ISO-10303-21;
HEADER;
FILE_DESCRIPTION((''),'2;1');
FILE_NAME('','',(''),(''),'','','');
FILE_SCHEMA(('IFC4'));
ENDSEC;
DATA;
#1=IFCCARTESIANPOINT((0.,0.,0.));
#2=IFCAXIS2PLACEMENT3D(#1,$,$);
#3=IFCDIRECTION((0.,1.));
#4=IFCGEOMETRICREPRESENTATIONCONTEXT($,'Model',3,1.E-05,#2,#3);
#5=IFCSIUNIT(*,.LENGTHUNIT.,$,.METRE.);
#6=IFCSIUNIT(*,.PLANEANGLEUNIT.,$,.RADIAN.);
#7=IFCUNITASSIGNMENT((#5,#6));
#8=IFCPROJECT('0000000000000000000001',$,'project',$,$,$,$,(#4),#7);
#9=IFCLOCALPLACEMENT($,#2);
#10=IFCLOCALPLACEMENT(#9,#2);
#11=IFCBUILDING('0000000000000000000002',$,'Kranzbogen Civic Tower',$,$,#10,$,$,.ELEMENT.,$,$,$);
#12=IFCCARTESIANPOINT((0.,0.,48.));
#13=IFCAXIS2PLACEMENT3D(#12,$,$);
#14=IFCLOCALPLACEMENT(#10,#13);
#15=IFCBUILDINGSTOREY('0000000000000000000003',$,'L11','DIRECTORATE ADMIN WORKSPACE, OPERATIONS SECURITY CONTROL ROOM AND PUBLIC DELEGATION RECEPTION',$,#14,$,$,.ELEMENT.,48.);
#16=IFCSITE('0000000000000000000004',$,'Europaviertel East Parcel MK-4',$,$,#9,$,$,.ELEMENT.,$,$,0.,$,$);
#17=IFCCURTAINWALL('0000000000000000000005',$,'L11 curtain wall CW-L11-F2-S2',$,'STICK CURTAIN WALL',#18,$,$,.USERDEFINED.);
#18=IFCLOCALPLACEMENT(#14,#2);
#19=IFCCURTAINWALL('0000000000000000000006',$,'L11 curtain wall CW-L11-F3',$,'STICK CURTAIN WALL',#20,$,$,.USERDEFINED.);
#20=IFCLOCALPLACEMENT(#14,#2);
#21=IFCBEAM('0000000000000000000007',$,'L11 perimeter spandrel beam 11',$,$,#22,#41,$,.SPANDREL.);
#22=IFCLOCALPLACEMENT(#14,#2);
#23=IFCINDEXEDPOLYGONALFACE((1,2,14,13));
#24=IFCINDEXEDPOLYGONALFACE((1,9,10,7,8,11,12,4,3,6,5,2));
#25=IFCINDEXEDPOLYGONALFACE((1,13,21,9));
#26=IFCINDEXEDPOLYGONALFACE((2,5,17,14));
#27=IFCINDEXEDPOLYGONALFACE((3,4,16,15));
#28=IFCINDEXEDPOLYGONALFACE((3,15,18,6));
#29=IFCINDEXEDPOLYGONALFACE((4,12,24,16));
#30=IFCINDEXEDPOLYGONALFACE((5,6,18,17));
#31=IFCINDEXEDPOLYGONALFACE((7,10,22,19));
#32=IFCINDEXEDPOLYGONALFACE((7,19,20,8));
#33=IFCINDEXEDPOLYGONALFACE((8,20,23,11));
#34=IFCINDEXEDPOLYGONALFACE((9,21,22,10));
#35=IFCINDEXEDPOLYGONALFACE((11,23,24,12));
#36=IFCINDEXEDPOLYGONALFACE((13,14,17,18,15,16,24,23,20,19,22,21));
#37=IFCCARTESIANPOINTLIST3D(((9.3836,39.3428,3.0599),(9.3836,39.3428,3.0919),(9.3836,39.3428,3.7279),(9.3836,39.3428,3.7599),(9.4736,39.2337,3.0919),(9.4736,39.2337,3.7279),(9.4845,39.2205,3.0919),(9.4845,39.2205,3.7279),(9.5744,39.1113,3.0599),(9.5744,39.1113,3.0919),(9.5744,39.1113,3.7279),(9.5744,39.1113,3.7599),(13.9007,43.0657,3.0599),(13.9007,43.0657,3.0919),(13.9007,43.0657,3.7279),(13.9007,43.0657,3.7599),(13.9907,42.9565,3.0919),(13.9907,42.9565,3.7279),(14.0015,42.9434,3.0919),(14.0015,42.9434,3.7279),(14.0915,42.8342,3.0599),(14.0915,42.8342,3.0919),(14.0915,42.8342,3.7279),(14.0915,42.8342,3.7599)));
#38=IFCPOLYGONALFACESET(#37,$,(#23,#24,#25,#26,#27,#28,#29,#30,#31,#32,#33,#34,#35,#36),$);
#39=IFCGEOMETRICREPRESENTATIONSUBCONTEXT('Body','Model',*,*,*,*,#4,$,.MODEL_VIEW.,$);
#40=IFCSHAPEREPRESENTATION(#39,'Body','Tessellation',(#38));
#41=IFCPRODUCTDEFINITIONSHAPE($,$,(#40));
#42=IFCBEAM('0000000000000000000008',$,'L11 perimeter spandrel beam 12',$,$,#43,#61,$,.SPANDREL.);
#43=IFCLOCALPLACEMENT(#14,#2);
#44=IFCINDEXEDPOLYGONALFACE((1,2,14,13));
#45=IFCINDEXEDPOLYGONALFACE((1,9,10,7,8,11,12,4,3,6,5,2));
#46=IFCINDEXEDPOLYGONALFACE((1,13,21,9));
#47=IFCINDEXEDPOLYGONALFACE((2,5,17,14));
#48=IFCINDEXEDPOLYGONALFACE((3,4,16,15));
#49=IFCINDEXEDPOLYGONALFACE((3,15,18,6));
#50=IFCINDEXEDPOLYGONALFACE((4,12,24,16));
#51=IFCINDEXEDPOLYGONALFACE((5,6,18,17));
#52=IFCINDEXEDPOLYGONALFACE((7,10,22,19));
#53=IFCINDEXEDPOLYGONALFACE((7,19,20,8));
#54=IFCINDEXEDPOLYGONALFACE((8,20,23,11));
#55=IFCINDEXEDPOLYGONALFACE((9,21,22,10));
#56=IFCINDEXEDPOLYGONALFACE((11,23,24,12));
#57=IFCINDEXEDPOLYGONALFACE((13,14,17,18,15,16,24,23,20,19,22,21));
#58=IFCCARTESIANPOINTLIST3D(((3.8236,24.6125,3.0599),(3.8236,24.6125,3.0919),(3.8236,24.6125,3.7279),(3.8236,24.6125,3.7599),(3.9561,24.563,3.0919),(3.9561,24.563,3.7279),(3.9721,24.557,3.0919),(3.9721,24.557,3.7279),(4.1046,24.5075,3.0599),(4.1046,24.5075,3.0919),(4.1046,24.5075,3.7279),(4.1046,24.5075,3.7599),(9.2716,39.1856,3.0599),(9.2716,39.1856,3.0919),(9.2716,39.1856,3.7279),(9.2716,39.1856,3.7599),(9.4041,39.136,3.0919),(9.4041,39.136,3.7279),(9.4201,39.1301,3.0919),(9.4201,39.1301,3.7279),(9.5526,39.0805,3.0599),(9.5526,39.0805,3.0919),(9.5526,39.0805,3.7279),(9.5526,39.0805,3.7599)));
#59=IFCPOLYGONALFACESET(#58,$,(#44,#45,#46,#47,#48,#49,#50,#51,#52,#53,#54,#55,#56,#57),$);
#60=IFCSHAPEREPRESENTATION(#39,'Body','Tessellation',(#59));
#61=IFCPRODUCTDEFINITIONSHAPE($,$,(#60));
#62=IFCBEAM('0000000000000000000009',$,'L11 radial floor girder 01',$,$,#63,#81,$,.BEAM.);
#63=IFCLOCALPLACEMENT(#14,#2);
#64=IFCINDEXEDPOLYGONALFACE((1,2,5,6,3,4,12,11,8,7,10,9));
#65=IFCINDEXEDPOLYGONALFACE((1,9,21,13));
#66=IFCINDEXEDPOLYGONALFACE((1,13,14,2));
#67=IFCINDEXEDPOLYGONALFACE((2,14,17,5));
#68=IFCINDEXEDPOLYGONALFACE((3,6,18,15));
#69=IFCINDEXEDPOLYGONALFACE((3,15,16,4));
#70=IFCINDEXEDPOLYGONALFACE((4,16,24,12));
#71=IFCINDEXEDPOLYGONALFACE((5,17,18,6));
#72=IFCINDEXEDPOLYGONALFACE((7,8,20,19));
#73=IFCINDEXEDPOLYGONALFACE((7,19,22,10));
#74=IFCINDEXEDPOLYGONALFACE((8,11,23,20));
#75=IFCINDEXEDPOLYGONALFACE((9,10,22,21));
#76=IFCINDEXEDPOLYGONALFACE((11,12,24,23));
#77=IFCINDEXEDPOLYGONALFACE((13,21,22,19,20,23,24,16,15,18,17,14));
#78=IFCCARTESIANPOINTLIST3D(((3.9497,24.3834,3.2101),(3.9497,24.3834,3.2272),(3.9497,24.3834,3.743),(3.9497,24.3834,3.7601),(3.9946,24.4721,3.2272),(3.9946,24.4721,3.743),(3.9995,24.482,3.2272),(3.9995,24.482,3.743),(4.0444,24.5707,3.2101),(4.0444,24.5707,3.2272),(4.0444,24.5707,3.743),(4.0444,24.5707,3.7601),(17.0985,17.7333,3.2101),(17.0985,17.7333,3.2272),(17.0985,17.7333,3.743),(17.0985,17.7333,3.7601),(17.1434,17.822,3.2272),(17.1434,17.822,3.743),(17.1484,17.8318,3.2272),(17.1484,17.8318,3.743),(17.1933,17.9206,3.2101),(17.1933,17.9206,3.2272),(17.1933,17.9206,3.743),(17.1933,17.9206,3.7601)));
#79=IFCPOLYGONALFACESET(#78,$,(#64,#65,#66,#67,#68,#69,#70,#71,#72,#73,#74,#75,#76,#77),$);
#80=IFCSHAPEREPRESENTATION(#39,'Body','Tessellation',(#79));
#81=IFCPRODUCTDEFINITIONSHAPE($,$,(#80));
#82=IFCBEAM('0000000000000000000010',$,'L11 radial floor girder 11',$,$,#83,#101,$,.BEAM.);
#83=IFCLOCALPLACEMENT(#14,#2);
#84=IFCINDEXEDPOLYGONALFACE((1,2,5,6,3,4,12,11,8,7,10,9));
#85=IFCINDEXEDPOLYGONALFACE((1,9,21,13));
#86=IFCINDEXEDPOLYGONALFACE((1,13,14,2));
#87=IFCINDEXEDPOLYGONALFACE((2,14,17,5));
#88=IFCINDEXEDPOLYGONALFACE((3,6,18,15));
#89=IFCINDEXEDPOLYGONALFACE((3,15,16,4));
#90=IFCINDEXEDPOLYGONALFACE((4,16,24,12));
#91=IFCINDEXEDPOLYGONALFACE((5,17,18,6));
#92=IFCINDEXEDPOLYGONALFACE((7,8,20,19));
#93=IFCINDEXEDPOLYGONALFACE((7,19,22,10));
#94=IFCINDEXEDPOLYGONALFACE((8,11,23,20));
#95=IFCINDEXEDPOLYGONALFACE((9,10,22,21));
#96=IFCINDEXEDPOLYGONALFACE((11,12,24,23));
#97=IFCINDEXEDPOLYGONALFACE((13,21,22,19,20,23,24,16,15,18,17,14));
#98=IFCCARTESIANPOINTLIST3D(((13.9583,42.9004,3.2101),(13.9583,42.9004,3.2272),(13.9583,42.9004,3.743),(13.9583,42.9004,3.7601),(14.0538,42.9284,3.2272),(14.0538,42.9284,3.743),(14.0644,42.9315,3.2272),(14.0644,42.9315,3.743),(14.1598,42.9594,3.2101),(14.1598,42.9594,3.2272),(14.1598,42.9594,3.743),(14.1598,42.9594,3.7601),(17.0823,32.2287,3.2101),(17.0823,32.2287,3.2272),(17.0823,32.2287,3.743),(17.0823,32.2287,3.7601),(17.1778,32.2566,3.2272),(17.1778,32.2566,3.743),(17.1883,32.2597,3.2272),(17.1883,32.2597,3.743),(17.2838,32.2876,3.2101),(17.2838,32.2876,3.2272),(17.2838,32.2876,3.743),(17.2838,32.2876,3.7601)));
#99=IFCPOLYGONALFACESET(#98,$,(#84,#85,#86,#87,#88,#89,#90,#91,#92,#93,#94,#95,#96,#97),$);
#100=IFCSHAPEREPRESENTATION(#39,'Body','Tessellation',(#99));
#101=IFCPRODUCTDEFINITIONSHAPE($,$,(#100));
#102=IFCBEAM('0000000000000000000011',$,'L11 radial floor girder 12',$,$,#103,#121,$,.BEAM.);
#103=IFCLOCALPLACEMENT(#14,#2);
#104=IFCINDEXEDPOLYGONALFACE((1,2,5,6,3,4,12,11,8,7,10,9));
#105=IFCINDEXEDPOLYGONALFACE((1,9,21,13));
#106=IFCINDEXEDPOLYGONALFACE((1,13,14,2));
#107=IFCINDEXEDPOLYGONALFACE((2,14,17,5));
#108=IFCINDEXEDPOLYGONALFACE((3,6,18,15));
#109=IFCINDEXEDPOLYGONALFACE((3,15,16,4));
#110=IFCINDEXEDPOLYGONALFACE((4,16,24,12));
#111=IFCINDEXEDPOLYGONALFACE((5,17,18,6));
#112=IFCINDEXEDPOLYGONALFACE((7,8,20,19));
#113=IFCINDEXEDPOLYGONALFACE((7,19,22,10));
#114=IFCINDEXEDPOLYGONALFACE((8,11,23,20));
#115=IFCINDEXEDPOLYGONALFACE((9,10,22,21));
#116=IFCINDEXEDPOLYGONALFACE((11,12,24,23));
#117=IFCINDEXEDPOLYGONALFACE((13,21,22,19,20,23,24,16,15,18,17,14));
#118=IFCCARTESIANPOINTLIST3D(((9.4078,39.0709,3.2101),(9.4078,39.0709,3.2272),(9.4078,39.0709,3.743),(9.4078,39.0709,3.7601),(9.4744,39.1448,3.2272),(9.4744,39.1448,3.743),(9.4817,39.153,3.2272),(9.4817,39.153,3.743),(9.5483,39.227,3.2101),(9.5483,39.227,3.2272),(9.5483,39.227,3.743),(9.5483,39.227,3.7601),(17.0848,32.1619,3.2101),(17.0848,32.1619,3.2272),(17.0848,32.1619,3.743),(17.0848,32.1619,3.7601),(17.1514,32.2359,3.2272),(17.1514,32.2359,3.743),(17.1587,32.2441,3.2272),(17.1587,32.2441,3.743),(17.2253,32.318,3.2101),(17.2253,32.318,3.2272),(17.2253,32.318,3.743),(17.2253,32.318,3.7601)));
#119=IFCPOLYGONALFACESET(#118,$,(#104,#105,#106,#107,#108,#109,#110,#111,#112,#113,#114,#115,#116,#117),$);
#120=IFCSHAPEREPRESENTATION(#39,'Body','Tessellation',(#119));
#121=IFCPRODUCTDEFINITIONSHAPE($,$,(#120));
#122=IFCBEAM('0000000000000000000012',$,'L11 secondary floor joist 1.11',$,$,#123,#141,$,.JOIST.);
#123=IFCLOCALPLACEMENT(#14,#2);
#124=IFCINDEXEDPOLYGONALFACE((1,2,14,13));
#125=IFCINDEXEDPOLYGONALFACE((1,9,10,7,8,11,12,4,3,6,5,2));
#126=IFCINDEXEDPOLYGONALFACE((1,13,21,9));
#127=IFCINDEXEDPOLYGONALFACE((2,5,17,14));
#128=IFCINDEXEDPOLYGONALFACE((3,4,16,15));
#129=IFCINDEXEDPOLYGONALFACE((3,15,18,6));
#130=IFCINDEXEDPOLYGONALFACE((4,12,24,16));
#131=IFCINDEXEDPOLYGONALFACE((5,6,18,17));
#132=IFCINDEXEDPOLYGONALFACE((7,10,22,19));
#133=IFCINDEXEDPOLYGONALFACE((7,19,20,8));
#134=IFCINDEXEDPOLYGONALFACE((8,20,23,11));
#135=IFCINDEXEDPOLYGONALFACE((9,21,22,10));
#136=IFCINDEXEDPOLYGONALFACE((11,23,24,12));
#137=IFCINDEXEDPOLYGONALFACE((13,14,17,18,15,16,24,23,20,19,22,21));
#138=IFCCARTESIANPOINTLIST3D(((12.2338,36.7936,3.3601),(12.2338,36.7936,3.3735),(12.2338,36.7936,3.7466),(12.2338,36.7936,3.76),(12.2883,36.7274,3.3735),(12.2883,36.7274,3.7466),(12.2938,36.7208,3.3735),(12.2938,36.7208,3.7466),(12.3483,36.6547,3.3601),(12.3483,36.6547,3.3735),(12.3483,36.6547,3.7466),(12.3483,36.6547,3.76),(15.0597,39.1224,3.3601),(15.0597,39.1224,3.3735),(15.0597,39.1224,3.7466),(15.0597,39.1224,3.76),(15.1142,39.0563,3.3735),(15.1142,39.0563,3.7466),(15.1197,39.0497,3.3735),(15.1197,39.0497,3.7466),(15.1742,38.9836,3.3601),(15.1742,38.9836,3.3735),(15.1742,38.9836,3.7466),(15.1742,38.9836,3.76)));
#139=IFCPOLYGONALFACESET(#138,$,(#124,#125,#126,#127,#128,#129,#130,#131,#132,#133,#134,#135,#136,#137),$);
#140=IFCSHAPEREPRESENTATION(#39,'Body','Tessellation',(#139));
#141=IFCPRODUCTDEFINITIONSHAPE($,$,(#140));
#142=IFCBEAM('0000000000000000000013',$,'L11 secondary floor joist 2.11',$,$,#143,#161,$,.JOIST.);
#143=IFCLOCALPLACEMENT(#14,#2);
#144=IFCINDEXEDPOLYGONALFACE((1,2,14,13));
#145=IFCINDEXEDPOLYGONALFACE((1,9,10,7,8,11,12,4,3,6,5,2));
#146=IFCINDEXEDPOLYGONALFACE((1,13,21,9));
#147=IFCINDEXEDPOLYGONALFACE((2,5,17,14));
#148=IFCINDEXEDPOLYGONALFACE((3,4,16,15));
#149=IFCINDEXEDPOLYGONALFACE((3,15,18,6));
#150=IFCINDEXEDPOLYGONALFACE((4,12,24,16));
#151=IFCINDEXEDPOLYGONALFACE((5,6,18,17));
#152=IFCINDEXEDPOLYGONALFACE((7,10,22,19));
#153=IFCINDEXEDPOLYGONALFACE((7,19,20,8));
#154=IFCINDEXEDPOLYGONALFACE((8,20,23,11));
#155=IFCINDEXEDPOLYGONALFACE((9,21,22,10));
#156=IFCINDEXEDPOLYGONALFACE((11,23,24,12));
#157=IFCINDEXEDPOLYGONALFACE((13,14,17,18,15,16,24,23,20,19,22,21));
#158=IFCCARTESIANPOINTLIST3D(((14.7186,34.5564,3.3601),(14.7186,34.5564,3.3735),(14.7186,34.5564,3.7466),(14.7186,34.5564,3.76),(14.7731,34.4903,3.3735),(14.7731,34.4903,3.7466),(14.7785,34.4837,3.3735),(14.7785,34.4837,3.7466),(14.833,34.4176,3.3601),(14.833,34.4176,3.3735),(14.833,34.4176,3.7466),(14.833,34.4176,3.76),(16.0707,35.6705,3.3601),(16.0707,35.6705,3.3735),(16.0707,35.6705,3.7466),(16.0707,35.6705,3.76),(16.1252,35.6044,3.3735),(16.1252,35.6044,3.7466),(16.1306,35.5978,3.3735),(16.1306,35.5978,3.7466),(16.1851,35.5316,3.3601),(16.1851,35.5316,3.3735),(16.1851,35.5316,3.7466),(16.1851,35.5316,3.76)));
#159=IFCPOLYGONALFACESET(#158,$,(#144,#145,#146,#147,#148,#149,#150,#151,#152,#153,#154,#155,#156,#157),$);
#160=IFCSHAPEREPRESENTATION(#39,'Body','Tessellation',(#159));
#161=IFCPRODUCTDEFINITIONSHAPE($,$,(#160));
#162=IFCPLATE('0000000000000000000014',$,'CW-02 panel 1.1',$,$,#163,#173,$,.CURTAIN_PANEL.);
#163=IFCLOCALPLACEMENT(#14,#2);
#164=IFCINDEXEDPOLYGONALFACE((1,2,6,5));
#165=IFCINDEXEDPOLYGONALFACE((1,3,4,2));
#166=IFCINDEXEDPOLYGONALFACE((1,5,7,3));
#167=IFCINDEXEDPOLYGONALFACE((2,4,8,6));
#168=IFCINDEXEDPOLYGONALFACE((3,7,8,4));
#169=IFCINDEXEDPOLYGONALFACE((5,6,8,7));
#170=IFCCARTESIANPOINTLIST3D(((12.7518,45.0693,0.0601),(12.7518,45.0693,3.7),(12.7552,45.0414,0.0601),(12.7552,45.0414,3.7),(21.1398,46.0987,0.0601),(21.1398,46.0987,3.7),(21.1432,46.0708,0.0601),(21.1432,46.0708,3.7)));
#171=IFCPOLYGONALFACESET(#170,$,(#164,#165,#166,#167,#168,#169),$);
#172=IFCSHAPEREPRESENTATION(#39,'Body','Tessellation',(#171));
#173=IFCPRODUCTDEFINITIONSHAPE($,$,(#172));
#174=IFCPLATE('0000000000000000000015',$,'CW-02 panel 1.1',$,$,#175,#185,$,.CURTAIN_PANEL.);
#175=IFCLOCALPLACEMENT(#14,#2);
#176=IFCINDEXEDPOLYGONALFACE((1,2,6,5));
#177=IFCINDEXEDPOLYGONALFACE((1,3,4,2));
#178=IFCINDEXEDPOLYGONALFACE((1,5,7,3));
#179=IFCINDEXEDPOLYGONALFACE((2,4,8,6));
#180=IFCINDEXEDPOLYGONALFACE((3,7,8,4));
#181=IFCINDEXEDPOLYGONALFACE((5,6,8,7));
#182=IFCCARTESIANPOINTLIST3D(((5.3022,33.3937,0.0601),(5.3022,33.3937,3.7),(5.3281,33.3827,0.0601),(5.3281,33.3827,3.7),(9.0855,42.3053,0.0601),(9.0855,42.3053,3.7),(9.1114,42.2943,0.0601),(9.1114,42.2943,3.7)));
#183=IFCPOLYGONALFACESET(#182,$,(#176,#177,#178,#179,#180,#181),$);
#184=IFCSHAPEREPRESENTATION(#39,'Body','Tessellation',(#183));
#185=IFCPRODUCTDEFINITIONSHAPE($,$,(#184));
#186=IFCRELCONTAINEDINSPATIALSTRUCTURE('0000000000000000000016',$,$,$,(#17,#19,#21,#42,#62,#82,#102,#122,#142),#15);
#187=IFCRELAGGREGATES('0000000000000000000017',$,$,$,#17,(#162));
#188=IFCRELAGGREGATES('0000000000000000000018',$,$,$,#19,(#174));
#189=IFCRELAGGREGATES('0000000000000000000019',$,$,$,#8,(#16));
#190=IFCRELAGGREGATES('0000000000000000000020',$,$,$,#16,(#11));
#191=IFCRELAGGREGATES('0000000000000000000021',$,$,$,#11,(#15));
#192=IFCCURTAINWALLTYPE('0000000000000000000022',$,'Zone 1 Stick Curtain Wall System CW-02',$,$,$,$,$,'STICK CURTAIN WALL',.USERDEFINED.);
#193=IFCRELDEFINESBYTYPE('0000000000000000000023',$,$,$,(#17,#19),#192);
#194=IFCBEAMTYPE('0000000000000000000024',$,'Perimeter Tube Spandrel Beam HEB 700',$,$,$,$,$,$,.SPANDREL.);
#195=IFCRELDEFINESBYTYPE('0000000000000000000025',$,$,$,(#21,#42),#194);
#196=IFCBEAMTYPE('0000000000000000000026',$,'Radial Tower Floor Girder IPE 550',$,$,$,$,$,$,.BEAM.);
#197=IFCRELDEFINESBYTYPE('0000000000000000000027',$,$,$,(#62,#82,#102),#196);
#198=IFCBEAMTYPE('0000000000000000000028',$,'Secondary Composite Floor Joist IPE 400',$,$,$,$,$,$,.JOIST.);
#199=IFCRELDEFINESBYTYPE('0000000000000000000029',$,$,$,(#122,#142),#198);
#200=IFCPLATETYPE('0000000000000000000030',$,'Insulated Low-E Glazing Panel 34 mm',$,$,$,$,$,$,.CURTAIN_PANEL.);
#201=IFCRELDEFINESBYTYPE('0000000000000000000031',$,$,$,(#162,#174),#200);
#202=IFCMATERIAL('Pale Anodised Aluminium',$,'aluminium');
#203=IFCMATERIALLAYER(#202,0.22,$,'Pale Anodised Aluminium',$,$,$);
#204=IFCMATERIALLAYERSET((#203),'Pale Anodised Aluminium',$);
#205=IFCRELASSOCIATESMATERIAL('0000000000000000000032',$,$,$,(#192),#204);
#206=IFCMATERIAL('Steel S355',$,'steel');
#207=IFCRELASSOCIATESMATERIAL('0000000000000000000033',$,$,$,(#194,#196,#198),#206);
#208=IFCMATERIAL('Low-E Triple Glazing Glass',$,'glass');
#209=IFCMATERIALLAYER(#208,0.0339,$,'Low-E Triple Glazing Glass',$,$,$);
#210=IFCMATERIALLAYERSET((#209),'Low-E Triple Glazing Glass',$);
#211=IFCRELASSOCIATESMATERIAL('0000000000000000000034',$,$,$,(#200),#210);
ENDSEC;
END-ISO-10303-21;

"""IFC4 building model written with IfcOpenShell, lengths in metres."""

from ifc_helpers import new_model, si_unit, direction, frame, origin, origin_2d, place, context, subcontext, project, spatial, rectangle, i_section, extrude, material, layer, layer_set, material_profile, profile_set, type_object, element, aggregate, save


model = new_model("IFC4")

# Units and contexts
model_context = context("Model", 3, precision=1e-05, world=origin(), true_north=direction((0.0, 1.0)))
body_context = subcontext(model_context, "Body", "Model", "MODEL_VIEW")
ifc_project = project(units=[si_unit("LENGTHUNIT", "METRE"), si_unit("PLANEANGLEUNIT", "RADIAN")], contexts=[model_context])

# Site, building, storey
site_placement = place(None, origin())
site = spatial("IfcSite", under=ifc_project, at=site_placement, Name="Europaviertel East Parcel MK-4", CompositionType="ELEMENT", RefElevation=0.0)
building_placement = place(site_placement, origin())
building = spatial("IfcBuilding", under=site, at=building_placement, Name="Kranzbogen Civic Tower", CompositionType="ELEMENT")
storey_placement = place(building_placement, frame((0.0, 0.0, 48.0)))
storey = spatial("IfcBuildingStorey", under=building, at=storey_placement, Name="L11", Description="DIRECTORATE ADMIN WORKSPACE, OPERATIONS SECURITY CONTROL ROOM AND PUBLIC DELEGATION RECEPTION", CompositionType="ELEMENT", Elevation=48.0)

# Curtain wall
ifc_material_1 = material(Name="Pale Anodised Aluminium", Category="aluminium")
ifc_layer_1 = layer(ifc_material_1, 0.22, Name="Pale Anodised Aluminium")
ifc_layer_set_1 = layer_set([ifc_layer_1], Name="Pale Anodised Aluminium")
curtain_wall_type = type_object("IfcCurtainWallType", Name="Zone 1 Stick Curtain Wall System CW-02", ElementType="STICK CURTAIN WALL", PredefinedType="USERDEFINED", material=ifc_layer_set_1)
curtain_wall_1_placement = place(storey_placement, origin())
curtain_wall_1 = element("IfcCurtainWall", 1, at=curtain_wall_1_placement, inside=storey, type_object=curtain_wall_type, Name="L11 curtain wall CW-L11-F2-S2", ObjectType="STICK CURTAIN WALL", PredefinedType="USERDEFINED")

# Curtain wall
curtain_wall_2_placement = place(storey_placement, origin())
curtain_wall_2 = element("IfcCurtainWall", 2, at=curtain_wall_2_placement, inside=storey, type_object=curtain_wall_type, Name="L11 curtain wall CW-L11-F3", ObjectType="STICK CURTAIN WALL", PredefinedType="USERDEFINED")

# Beams
ifc_material_2 = material(Name="Steel S355", Category="steel")
ifc_material_profile_1 = material_profile(ifc_material_2, i_section(OverallWidth=0.3, OverallDepth=0.7, WebThickness=0.0171, FlangeThickness=0.032, at=origin_2d()), Name="HEB 700")
ifc_profile_set_1 = profile_set([ifc_material_profile_1], Name="Steel S355")
beam_type_1 = type_object("IfcBeamType", Name="Perimeter Tube Spandrel Beam HEB 700", PredefinedType="SPANDREL", material=ifc_profile_set_1)
beam_1_placement = place(storey_placement, frame((13.9961, 42.95, 3.4099), z_axis=(-0.771683, -0.636007, 0.0), x_axis=(0.636007, -0.771683, 0.0)))
element("IfcBeam", 3, at=beam_1_placement, inside=storey, type_object=beam_type_1, Name="L11 perimeter spandrel beam 11", PredefinedType="SPANDREL", context=body_context, shape_type="SweptSolid", body=[
    extrude(i_section(OverallWidth=0.3, OverallDepth=0.7, WebThickness=0.0171, FlangeThickness=0.032, at=origin_2d()), origin(), (0.0, 0.0, 1.0), 5.8535),
])
beam_2_placement = place(storey_placement, frame((9.4121, 39.1331, 3.4099), z_axis=(-0.350172, -0.936685, 0.0), x_axis=(0.936685, -0.350172, 0.0)))
element("IfcBeam", 4, at=beam_2_placement, inside=storey, type_object=beam_type_1, Name="L11 perimeter spandrel beam 12", PredefinedType="SPANDREL", context=body_context, shape_type="SweptSolid", body=[
    extrude(i_section(OverallWidth=0.3, OverallDepth=0.7, WebThickness=0.0171, FlangeThickness=0.032, at=origin_2d()), origin(), (0.0, 0.0, 1.0), 15.5581),
])
ifc_material_profile_2 = material_profile(ifc_material_2, i_section(OverallWidth=0.21, OverallDepth=0.55, WebThickness=0.011, FlangeThickness=0.0171, at=origin_2d()), Name="IPE 550")
ifc_profile_set_2 = profile_set([ifc_material_profile_2], Name="Steel S355")
beam_type_2 = type_object("IfcBeamType", Name="Radial Tower Floor Girder IPE 550", PredefinedType="BEAM", material=ifc_profile_set_2)
beam_3_placement = place(storey_placement, frame((3.9971, 24.4771, 3.4851), z_axis=(0.892363, -0.451318, 0.0), x_axis=(0.451318, 0.892363, 0.0)))
element("IfcBeam", 5, at=beam_3_placement, inside=storey, type_object=beam_type_2, Name="L11 radial floor girder 01", PredefinedType="BEAM", context=body_context, shape_type="SweptSolid", body=[
    extrude(i_section(OverallWidth=0.21, OverallDepth=0.55, WebThickness=0.011, FlangeThickness=0.0171, at=origin_2d()), origin(), (0.0, 0.0, 1.0), 14.7349),
])
beam_4_placement = place(storey_placement, frame((14.0591, 42.9299, 3.4851), z_axis=(0.280944, -0.959724, 0.0), x_axis=(0.959724, 0.280944, 0.0)))
element("IfcBeam", 6, at=beam_4_placement, inside=storey, type_object=beam_type_2, Name="L11 radial floor girder 11", PredefinedType="BEAM", context=body_context, shape_type="SweptSolid", body=[
    extrude(i_section(OverallWidth=0.21, OverallDepth=0.55, WebThickness=0.011, FlangeThickness=0.0171, at=origin_2d()), origin(), (0.0, 0.0, 1.0), 11.1196),
])
beam_5_placement = place(storey_placement, frame((9.478, 39.1489, 3.4851), z_axis=(0.743312, -0.668945, 0.0), x_axis=(0.668945, 0.743312, 0.0)))
element("IfcBeam", 7, at=beam_5_placement, inside=storey, type_object=beam_type_2, Name="L11 radial floor girder 12", PredefinedType="BEAM", context=body_context, shape_type="SweptSolid", body=[
    extrude(i_section(OverallWidth=0.21, OverallDepth=0.55, WebThickness=0.011, FlangeThickness=0.0171, at=origin_2d()), origin(), (0.0, 0.0, 1.0), 10.3281),
])
ifc_material_profile_3 = material_profile(ifc_material_2, i_section(OverallWidth=0.1799, OverallDepth=0.3999, WebThickness=0.0085, FlangeThickness=0.0134, at=origin_2d()), Name="IPE 400")
ifc_profile_set_3 = profile_set([ifc_material_profile_3], Name="Steel S355")
beam_type_3 = type_object("IfcBeamType", Name="Secondary Composite Floor Joist IPE 400", PredefinedType="JOIST", material=ifc_profile_set_3)
beam_6_placement = place(storey_placement, frame((15.1169, 39.053, 3.5601), z_axis=(-0.771713, -0.635971, 0.0), x_axis=(0.635971, -0.771713, 0.0)))
element("IfcBeam", 8, at=beam_6_placement, inside=storey, type_object=beam_type_3, Name="L11 secondary floor joist 1.11", PredefinedType="JOIST", context=body_context, shape_type="SweptSolid", body=[
    extrude(i_section(OverallWidth=0.1799, OverallDepth=0.3999, WebThickness=0.0085, FlangeThickness=0.0134, at=origin_2d()), origin(), (0.0, 0.0, 1.0), 3.6619),
])
beam_7_placement = place(storey_placement, frame((16.1279, 35.6011, 3.5601), z_axis=(-0.771773, -0.635898, 0.0), x_axis=(0.635898, -0.771773, 0.0)))
element("IfcBeam", 9, at=beam_7_placement, inside=storey, type_object=beam_type_3, Name="L11 secondary floor joist 2.11", PredefinedType="JOIST", context=body_context, shape_type="SweptSolid", body=[
    extrude(i_section(OverallWidth=0.1799, OverallDepth=0.3999, WebThickness=0.0085, FlangeThickness=0.0134, at=origin_2d()), origin(), (0.0, 0.0, 1.0), 1.752),
])

# Plates
ifc_material_3 = material(Name="Low-E Triple Glazing Glass", Category="glass")
ifc_layer_2 = layer(ifc_material_3, 0.0339, Name="Low-E Triple Glazing Glass")
ifc_layer_set_2 = layer_set([ifc_layer_2], Name="Low-E Triple Glazing Glass")
plate_type = type_object("IfcPlateType", Name="Insulated Low-E Glazing Panel 34 mm", PredefinedType="CURTAIN_PANEL", material=ifc_layer_set_2)
plate_1_placement = place(storey_placement, frame((16.9475, 45.5701, 0.0601), z_axis=(0.0, 0.0, 1.0), x_axis=(-0.992554, -0.121809, 0.0)))
plate_1 = element("IfcPlate", 10, at=plate_1_placement, type_object=plate_type, Name="CW-02 panel 1.1", PredefinedType="CURTAIN_PANEL", context=body_context, shape_type="SweptSolid", body=[
    extrude(rectangle(XDim=8.4509, YDim=0.0281, at=origin_2d()), origin(), (0.0, 0.0, 1.0), 3.6399),
])
aggregate(curtain_wall_1, [plate_1])
plate_2_placement = place(storey_placement, frame((7.2068, 37.844, 0.0601), z_axis=(0.0, 0.0, 1.0), x_axis=(-0.39078, -0.920484, 0.0)))
plate_2 = element("IfcPlate", 11, at=plate_2_placement, type_object=plate_type, Name="CW-02 panel 1.1", PredefinedType="CURTAIN_PANEL", context=body_context, shape_type="SweptSolid", body=[
    extrude(rectangle(XDim=9.6814, YDim=0.0281, at=origin_2d()), origin(), (0.0, 0.0, 1.0), 3.6399),
])
aggregate(curtain_wall_2, [plate_2])

save(model, "model.ifc")
